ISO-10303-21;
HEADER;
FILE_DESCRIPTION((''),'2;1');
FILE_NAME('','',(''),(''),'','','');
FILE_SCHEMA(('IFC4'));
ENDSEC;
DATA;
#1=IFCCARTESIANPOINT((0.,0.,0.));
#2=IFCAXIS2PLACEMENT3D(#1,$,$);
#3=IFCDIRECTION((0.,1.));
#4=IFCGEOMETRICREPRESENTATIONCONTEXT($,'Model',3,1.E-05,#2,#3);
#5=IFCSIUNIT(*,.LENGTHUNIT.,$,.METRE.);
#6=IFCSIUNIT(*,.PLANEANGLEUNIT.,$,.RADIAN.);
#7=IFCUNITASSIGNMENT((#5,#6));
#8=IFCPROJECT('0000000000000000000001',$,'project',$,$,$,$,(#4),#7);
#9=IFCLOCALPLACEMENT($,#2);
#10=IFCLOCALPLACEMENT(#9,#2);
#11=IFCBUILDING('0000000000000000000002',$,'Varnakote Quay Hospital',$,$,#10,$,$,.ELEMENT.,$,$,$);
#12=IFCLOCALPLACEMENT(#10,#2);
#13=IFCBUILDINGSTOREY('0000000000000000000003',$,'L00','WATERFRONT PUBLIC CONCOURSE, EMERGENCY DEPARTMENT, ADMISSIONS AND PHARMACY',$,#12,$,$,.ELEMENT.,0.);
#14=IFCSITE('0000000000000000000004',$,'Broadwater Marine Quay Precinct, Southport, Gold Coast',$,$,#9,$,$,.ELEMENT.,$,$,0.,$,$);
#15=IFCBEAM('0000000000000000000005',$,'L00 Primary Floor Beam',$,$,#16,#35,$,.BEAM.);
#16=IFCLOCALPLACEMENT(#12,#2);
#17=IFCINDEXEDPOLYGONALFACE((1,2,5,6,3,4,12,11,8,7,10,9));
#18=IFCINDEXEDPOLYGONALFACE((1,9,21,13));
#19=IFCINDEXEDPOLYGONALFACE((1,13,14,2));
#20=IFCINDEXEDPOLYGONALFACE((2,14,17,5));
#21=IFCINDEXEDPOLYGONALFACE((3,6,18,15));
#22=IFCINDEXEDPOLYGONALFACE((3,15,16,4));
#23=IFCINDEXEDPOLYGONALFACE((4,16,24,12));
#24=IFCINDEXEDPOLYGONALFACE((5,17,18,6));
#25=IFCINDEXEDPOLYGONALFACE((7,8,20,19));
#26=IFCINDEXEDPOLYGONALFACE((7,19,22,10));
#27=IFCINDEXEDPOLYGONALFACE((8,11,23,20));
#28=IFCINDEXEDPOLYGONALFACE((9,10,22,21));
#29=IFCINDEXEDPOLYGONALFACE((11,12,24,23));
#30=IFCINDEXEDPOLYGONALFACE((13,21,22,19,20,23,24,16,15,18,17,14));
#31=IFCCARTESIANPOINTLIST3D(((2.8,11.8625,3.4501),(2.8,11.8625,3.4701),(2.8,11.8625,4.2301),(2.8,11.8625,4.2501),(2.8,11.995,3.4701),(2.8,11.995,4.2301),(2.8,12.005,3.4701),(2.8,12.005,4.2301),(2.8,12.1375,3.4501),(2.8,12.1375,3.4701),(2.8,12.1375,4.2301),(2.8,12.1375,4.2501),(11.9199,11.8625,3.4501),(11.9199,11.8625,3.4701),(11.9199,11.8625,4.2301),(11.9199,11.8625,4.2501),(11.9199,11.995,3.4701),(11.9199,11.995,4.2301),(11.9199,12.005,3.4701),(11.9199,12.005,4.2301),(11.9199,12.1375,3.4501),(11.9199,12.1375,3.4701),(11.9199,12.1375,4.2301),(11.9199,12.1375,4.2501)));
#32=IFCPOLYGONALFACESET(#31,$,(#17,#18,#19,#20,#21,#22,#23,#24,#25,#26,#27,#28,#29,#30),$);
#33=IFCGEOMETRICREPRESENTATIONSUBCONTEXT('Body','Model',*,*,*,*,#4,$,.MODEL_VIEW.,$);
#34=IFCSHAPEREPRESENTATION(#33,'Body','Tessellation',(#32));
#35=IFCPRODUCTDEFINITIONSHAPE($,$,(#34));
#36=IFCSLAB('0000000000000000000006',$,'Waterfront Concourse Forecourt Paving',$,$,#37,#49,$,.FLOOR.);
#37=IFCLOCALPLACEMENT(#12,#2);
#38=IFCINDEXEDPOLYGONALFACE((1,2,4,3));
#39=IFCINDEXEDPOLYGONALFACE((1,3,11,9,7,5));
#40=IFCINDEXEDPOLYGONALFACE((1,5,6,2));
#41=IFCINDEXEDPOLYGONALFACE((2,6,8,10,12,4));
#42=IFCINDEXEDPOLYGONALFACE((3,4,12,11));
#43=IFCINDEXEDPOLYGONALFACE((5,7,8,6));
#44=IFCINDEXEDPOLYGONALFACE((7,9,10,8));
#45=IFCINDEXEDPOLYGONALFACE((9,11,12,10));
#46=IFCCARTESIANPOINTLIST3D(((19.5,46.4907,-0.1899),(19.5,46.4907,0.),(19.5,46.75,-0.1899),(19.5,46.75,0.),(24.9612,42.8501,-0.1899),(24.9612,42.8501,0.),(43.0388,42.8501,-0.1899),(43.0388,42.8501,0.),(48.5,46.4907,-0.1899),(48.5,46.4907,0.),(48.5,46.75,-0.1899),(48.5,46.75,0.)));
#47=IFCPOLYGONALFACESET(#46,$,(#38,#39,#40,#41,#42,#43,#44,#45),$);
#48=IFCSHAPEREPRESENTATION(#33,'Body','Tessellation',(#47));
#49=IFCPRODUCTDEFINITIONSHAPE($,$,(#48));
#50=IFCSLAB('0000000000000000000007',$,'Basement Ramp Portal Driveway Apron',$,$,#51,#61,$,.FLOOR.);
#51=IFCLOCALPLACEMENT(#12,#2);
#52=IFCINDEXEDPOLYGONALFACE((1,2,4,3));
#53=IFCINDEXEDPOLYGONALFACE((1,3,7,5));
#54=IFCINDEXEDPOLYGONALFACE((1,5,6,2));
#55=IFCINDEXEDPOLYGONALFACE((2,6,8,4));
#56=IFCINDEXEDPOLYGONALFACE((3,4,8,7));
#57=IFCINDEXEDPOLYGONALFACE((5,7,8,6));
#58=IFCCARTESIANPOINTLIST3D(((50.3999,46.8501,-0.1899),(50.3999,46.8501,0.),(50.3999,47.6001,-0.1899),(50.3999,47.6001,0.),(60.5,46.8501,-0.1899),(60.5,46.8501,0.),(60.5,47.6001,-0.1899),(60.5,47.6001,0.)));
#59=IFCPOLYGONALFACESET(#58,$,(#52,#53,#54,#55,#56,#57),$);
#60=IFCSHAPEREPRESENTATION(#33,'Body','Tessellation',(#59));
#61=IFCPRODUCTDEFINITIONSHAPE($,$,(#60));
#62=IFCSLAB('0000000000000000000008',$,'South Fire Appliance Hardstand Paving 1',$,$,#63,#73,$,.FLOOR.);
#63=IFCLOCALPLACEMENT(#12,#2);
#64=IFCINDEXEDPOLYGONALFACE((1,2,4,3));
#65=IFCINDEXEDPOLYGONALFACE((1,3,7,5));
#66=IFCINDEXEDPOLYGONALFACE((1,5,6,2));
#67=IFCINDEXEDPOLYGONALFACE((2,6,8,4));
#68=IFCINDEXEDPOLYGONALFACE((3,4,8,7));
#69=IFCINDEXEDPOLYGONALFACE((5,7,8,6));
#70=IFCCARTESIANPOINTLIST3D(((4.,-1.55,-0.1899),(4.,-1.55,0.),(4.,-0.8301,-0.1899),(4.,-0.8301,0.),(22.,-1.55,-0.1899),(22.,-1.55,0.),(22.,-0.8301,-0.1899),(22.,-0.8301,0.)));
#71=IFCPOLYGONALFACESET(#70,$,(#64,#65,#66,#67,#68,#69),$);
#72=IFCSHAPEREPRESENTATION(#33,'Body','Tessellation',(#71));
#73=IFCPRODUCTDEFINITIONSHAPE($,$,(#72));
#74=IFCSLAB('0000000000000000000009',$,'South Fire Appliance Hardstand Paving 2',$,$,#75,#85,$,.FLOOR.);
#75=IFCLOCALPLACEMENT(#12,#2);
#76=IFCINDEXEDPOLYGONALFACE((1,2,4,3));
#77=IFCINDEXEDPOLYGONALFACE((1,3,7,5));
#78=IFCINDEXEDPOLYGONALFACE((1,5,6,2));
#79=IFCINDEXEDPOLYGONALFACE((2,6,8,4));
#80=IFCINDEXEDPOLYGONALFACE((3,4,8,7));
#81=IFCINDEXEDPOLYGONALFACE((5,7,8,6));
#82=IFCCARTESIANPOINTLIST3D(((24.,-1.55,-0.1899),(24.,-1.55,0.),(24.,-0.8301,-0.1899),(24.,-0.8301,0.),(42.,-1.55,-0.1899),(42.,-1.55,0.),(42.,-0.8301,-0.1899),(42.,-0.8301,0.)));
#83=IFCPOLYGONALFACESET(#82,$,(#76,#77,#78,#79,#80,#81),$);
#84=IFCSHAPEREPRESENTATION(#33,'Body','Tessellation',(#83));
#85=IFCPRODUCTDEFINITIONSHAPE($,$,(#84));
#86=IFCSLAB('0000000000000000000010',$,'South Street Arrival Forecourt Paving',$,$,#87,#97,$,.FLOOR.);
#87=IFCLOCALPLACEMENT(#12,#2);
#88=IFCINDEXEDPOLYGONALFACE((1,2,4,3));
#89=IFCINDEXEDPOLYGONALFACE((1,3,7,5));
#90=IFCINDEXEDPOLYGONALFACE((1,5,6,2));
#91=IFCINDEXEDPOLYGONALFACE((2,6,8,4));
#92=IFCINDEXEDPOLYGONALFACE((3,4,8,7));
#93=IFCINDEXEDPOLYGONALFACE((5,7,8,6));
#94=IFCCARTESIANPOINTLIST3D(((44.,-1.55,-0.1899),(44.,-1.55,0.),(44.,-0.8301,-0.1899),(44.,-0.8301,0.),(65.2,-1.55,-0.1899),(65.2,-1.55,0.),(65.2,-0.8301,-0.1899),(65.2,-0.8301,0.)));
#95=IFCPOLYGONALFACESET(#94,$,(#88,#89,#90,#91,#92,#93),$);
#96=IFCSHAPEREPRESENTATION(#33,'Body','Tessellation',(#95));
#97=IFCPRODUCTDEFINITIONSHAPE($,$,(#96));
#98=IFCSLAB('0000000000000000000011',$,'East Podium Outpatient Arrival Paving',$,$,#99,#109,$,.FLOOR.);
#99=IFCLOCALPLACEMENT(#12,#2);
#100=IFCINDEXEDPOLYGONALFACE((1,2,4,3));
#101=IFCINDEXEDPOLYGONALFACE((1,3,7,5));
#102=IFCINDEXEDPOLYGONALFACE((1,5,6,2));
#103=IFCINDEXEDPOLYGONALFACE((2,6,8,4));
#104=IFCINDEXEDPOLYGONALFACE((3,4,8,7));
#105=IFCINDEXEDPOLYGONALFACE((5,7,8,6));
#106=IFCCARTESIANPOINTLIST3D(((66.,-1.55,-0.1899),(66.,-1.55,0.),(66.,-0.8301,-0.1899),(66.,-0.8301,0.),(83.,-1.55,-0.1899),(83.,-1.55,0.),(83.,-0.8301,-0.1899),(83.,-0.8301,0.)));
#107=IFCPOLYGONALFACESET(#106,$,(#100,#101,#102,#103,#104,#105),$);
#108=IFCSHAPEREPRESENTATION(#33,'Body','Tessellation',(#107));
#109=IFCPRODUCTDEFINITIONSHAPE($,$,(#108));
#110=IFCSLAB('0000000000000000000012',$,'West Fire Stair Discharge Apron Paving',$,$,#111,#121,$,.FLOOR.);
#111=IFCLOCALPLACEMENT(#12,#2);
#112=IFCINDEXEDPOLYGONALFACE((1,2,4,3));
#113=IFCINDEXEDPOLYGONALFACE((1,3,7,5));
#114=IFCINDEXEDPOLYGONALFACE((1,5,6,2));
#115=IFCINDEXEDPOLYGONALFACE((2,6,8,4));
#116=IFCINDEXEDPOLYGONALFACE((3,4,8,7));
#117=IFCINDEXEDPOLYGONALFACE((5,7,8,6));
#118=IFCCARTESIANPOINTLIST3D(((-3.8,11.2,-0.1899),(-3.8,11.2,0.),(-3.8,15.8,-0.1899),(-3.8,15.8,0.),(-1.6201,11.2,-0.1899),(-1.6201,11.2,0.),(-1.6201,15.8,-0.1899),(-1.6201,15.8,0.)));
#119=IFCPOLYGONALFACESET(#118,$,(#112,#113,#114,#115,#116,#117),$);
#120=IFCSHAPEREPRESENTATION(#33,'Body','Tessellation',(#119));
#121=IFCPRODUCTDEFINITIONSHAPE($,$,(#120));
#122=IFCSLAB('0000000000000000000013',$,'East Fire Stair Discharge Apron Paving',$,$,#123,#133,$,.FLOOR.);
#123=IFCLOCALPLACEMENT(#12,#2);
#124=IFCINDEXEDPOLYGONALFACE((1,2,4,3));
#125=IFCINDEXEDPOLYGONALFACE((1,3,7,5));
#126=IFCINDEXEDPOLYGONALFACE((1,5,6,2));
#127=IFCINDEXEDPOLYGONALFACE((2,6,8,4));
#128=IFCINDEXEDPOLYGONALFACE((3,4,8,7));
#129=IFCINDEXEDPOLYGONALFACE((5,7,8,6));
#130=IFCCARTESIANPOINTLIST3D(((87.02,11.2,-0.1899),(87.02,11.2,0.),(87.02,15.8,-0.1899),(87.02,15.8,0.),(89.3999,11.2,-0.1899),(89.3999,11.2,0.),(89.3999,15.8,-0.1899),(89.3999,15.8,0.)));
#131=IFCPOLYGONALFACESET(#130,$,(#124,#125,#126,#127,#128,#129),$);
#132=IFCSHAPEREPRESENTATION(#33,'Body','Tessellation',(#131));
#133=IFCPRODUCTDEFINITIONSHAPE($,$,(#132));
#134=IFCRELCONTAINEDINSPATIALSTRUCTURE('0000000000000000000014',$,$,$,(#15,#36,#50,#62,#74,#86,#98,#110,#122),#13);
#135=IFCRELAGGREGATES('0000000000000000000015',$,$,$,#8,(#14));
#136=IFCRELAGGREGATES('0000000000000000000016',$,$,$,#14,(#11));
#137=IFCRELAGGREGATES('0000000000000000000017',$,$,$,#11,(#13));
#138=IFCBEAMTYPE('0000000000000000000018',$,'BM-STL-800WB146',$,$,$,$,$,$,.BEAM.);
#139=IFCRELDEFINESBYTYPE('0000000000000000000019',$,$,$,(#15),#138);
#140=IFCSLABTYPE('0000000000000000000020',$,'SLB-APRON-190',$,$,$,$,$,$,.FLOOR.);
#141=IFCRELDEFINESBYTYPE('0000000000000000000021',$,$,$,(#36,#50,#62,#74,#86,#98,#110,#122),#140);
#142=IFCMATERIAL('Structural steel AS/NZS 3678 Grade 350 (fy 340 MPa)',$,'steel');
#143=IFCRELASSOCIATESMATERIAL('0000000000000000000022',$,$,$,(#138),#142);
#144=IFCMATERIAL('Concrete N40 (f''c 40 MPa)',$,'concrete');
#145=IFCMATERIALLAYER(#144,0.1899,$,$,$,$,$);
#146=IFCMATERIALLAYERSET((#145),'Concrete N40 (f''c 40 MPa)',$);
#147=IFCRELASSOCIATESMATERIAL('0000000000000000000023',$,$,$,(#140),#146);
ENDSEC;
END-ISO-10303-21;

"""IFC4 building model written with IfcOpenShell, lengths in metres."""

from ifc_helpers import new_model, si_unit, direction, frame, origin, origin_2d, place, context, subcontext, project, spatial, polyline, i_section, outline, extrude, material, layer, layer_set, material_profile, profile_set, type_object, element, save


model = new_model("IFC4")

# Units and contexts
model_context = context("Model", 3, precision=1e-05, world=origin(), true_north=direction((0.0, 1.0)))
body_context = subcontext(model_context, "Body", "Model", "MODEL_VIEW")
ifc_project = project(units=[si_unit("LENGTHUNIT", "METRE"), si_unit("PLANEANGLEUNIT", "RADIAN")], contexts=[model_context])

# Site, building, storey
site_placement = place(None, origin())
site = spatial("IfcSite", under=ifc_project, at=site_placement, Name="Broadwater Marine Quay Precinct, Southport, Gold Coast", CompositionType="ELEMENT", RefElevation=0.0)
building_placement = place(site_placement, origin())
building = spatial("IfcBuilding", under=site, at=building_placement, Name="Varnakote Quay Hospital", CompositionType="ELEMENT")
storey_placement = place(building_placement, origin())
storey = spatial("IfcBuildingStorey", under=building, at=storey_placement, Name="L00", Description="WATERFRONT PUBLIC CONCOURSE, EMERGENCY DEPARTMENT, ADMISSIONS AND PHARMACY", CompositionType="ELEMENT", Elevation=0.0)

# Beam
ifc_material_1 = material(Name="Structural steel AS/NZS 3678 Grade 350 (fy 340 MPa)", Category="steel")
ifc_material_profile_1 = material_profile(ifc_material_1, i_section(OverallWidth=0.2749, OverallDepth=0.8, WebThickness=0.01, FlangeThickness=0.02, at=origin_2d()), Name="800WB146")
ifc_profile_set_1 = profile_set([ifc_material_profile_1], Name="Structural steel AS/NZS 3678 Grade 350 (fy 340 MPa)")
beam_type_1 = type_object("IfcBeamType", Name="BM-STL-800WB146", PredefinedType="BEAM", material=ifc_profile_set_1)
beam_1_placement = place(storey_placement, frame((2.8, 12.0, 3.8501), z_axis=(1.0, 0.0, 0.0), x_axis=(0.0, 1.0, 0.0)))
element("IfcBeam", 1, at=beam_1_placement, inside=storey, type_object=beam_type_1, Name="L00 Primary Floor Beam", PredefinedType="BEAM", context=body_context, shape_type="SweptSolid", body=[
    extrude(i_section(OverallWidth=0.2749, OverallDepth=0.8, WebThickness=0.01, FlangeThickness=0.02, at=origin_2d()), origin(), (0.0, 0.0, 1.0), 9.1199),
])

# Slabs
ifc_material_2 = material(Name="Concrete N40 (f'c 40 MPa)", Category="concrete")
ifc_layer_1 = layer(ifc_material_2, 0.1899)
ifc_layer_set_1 = layer_set([ifc_layer_1], Name="Concrete N40 (f'c 40 MPa)")
slab_type_1 = type_object("IfcSlabType", Name="SLB-APRON-190", PredefinedType="FLOOR", material=ifc_layer_set_1)
slab_1_placement = place(storey_placement, frame((0.0, 0.0, -0.1899)))
element("IfcSlab", 2, at=slab_1_placement, inside=storey, type_object=slab_type_1, Name="Waterfront Concourse Forecourt Paving", PredefinedType="FLOOR", context=body_context, shape_type="SweptSolid", body=[
    extrude(outline(polyline([(19.5, 46.4907), (24.9612, 42.8501), (43.0388, 42.8501), (48.5, 46.4907), (48.5, 46.75), (19.5, 46.75), (19.5, 46.4907)])), origin(), (0.0, 0.0, 1.0), 0.1899),
])
slab_2_placement = place(storey_placement, frame((0.0, 0.0, -0.1899)))
element("IfcSlab", 3, at=slab_2_placement, inside=storey, type_object=slab_type_1, Name="Basement Ramp Portal Driveway Apron", PredefinedType="FLOOR", context=body_context, shape_type="SweptSolid", body=[
    extrude(outline(polyline([(60.5, 46.8501), (60.5, 47.6001), (50.3999, 47.6001), (50.3999, 46.8501), (60.5, 46.8501)])), origin(), (0.0, 0.0, 1.0), 0.1899),
])
slab_3_placement = place(storey_placement, frame((0.0, 0.0, -0.1899)))
element("IfcSlab", 4, at=slab_3_placement, inside=storey, type_object=slab_type_1, Name="South Fire Appliance Hardstand Paving 1", PredefinedType="FLOOR", context=body_context, shape_type="SweptSolid", body=[
    extrude(outline(polyline([(22.0, -1.55), (22.0, -0.8301), (4.0, -0.8301), (4.0, -1.55), (22.0, -1.55)])), origin(), (0.0, 0.0, 1.0), 0.1899),
])
slab_4_placement = place(storey_placement, frame((0.0, 0.0, -0.1899)))
element("IfcSlab", 5, at=slab_4_placement, inside=storey, type_object=slab_type_1, Name="South Fire Appliance Hardstand Paving 2", PredefinedType="FLOOR", context=body_context, shape_type="SweptSolid", body=[
    extrude(outline(polyline([(42.0, -1.55), (42.0, -0.8301), (24.0, -0.8301), (24.0, -1.55), (42.0, -1.55)])), origin(), (0.0, 0.0, 1.0), 0.1899),
])
slab_5_placement = place(storey_placement, frame((0.0, 0.0, -0.1899)))
element("IfcSlab", 6, at=slab_5_placement, inside=storey, type_object=slab_type_1, Name="South Street Arrival Forecourt Paving", PredefinedType="FLOOR", context=body_context, shape_type="SweptSolid", body=[
    extrude(outline(polyline([(65.2, -1.55), (65.2, -0.8301), (44.0, -0.8301), (44.0, -1.55), (65.2, -1.55)])), origin(), (0.0, 0.0, 1.0), 0.1899),
])
slab_6_placement = place(storey_placement, frame((0.0, 0.0, -0.1899)))
element("IfcSlab", 7, at=slab_6_placement, inside=storey, type_object=slab_type_1, Name="East Podium Outpatient Arrival Paving", PredefinedType="FLOOR", context=body_context, shape_type="SweptSolid", body=[
    extrude(outline(polyline([(83.0, -1.55), (83.0, -0.8301), (66.0, -0.8301), (66.0, -1.55), (83.0, -1.55)])), origin(), (0.0, 0.0, 1.0), 0.1899),
])
slab_7_placement = place(storey_placement, frame((0.0, 0.0, -0.1899)))
element("IfcSlab", 8, at=slab_7_placement, inside=storey, type_object=slab_type_1, Name="West Fire Stair Discharge Apron Paving", PredefinedType="FLOOR", context=body_context, shape_type="SweptSolid", body=[
    extrude(outline(polyline([(-1.6201, 11.2), (-1.6201, 15.8), (-3.8, 15.8), (-3.8, 11.2), (-1.6201, 11.2)])), origin(), (0.0, 0.0, 1.0), 0.1899),
])
slab_8_placement = place(storey_placement, frame((0.0, 0.0, -0.1899)))
element("IfcSlab", 9, at=slab_8_placement, inside=storey, type_object=slab_type_1, Name="East Fire Stair Discharge Apron Paving", PredefinedType="FLOOR", context=body_context, shape_type="SweptSolid", body=[
    extrude(outline(polyline([(87.02, 15.8), (87.02, 11.2), (89.3999, 11.2), (89.3999, 15.8), (87.02, 15.8)])), origin(), (0.0, 0.0, 1.0), 0.1899),
])

save(model, "model.ifc")
